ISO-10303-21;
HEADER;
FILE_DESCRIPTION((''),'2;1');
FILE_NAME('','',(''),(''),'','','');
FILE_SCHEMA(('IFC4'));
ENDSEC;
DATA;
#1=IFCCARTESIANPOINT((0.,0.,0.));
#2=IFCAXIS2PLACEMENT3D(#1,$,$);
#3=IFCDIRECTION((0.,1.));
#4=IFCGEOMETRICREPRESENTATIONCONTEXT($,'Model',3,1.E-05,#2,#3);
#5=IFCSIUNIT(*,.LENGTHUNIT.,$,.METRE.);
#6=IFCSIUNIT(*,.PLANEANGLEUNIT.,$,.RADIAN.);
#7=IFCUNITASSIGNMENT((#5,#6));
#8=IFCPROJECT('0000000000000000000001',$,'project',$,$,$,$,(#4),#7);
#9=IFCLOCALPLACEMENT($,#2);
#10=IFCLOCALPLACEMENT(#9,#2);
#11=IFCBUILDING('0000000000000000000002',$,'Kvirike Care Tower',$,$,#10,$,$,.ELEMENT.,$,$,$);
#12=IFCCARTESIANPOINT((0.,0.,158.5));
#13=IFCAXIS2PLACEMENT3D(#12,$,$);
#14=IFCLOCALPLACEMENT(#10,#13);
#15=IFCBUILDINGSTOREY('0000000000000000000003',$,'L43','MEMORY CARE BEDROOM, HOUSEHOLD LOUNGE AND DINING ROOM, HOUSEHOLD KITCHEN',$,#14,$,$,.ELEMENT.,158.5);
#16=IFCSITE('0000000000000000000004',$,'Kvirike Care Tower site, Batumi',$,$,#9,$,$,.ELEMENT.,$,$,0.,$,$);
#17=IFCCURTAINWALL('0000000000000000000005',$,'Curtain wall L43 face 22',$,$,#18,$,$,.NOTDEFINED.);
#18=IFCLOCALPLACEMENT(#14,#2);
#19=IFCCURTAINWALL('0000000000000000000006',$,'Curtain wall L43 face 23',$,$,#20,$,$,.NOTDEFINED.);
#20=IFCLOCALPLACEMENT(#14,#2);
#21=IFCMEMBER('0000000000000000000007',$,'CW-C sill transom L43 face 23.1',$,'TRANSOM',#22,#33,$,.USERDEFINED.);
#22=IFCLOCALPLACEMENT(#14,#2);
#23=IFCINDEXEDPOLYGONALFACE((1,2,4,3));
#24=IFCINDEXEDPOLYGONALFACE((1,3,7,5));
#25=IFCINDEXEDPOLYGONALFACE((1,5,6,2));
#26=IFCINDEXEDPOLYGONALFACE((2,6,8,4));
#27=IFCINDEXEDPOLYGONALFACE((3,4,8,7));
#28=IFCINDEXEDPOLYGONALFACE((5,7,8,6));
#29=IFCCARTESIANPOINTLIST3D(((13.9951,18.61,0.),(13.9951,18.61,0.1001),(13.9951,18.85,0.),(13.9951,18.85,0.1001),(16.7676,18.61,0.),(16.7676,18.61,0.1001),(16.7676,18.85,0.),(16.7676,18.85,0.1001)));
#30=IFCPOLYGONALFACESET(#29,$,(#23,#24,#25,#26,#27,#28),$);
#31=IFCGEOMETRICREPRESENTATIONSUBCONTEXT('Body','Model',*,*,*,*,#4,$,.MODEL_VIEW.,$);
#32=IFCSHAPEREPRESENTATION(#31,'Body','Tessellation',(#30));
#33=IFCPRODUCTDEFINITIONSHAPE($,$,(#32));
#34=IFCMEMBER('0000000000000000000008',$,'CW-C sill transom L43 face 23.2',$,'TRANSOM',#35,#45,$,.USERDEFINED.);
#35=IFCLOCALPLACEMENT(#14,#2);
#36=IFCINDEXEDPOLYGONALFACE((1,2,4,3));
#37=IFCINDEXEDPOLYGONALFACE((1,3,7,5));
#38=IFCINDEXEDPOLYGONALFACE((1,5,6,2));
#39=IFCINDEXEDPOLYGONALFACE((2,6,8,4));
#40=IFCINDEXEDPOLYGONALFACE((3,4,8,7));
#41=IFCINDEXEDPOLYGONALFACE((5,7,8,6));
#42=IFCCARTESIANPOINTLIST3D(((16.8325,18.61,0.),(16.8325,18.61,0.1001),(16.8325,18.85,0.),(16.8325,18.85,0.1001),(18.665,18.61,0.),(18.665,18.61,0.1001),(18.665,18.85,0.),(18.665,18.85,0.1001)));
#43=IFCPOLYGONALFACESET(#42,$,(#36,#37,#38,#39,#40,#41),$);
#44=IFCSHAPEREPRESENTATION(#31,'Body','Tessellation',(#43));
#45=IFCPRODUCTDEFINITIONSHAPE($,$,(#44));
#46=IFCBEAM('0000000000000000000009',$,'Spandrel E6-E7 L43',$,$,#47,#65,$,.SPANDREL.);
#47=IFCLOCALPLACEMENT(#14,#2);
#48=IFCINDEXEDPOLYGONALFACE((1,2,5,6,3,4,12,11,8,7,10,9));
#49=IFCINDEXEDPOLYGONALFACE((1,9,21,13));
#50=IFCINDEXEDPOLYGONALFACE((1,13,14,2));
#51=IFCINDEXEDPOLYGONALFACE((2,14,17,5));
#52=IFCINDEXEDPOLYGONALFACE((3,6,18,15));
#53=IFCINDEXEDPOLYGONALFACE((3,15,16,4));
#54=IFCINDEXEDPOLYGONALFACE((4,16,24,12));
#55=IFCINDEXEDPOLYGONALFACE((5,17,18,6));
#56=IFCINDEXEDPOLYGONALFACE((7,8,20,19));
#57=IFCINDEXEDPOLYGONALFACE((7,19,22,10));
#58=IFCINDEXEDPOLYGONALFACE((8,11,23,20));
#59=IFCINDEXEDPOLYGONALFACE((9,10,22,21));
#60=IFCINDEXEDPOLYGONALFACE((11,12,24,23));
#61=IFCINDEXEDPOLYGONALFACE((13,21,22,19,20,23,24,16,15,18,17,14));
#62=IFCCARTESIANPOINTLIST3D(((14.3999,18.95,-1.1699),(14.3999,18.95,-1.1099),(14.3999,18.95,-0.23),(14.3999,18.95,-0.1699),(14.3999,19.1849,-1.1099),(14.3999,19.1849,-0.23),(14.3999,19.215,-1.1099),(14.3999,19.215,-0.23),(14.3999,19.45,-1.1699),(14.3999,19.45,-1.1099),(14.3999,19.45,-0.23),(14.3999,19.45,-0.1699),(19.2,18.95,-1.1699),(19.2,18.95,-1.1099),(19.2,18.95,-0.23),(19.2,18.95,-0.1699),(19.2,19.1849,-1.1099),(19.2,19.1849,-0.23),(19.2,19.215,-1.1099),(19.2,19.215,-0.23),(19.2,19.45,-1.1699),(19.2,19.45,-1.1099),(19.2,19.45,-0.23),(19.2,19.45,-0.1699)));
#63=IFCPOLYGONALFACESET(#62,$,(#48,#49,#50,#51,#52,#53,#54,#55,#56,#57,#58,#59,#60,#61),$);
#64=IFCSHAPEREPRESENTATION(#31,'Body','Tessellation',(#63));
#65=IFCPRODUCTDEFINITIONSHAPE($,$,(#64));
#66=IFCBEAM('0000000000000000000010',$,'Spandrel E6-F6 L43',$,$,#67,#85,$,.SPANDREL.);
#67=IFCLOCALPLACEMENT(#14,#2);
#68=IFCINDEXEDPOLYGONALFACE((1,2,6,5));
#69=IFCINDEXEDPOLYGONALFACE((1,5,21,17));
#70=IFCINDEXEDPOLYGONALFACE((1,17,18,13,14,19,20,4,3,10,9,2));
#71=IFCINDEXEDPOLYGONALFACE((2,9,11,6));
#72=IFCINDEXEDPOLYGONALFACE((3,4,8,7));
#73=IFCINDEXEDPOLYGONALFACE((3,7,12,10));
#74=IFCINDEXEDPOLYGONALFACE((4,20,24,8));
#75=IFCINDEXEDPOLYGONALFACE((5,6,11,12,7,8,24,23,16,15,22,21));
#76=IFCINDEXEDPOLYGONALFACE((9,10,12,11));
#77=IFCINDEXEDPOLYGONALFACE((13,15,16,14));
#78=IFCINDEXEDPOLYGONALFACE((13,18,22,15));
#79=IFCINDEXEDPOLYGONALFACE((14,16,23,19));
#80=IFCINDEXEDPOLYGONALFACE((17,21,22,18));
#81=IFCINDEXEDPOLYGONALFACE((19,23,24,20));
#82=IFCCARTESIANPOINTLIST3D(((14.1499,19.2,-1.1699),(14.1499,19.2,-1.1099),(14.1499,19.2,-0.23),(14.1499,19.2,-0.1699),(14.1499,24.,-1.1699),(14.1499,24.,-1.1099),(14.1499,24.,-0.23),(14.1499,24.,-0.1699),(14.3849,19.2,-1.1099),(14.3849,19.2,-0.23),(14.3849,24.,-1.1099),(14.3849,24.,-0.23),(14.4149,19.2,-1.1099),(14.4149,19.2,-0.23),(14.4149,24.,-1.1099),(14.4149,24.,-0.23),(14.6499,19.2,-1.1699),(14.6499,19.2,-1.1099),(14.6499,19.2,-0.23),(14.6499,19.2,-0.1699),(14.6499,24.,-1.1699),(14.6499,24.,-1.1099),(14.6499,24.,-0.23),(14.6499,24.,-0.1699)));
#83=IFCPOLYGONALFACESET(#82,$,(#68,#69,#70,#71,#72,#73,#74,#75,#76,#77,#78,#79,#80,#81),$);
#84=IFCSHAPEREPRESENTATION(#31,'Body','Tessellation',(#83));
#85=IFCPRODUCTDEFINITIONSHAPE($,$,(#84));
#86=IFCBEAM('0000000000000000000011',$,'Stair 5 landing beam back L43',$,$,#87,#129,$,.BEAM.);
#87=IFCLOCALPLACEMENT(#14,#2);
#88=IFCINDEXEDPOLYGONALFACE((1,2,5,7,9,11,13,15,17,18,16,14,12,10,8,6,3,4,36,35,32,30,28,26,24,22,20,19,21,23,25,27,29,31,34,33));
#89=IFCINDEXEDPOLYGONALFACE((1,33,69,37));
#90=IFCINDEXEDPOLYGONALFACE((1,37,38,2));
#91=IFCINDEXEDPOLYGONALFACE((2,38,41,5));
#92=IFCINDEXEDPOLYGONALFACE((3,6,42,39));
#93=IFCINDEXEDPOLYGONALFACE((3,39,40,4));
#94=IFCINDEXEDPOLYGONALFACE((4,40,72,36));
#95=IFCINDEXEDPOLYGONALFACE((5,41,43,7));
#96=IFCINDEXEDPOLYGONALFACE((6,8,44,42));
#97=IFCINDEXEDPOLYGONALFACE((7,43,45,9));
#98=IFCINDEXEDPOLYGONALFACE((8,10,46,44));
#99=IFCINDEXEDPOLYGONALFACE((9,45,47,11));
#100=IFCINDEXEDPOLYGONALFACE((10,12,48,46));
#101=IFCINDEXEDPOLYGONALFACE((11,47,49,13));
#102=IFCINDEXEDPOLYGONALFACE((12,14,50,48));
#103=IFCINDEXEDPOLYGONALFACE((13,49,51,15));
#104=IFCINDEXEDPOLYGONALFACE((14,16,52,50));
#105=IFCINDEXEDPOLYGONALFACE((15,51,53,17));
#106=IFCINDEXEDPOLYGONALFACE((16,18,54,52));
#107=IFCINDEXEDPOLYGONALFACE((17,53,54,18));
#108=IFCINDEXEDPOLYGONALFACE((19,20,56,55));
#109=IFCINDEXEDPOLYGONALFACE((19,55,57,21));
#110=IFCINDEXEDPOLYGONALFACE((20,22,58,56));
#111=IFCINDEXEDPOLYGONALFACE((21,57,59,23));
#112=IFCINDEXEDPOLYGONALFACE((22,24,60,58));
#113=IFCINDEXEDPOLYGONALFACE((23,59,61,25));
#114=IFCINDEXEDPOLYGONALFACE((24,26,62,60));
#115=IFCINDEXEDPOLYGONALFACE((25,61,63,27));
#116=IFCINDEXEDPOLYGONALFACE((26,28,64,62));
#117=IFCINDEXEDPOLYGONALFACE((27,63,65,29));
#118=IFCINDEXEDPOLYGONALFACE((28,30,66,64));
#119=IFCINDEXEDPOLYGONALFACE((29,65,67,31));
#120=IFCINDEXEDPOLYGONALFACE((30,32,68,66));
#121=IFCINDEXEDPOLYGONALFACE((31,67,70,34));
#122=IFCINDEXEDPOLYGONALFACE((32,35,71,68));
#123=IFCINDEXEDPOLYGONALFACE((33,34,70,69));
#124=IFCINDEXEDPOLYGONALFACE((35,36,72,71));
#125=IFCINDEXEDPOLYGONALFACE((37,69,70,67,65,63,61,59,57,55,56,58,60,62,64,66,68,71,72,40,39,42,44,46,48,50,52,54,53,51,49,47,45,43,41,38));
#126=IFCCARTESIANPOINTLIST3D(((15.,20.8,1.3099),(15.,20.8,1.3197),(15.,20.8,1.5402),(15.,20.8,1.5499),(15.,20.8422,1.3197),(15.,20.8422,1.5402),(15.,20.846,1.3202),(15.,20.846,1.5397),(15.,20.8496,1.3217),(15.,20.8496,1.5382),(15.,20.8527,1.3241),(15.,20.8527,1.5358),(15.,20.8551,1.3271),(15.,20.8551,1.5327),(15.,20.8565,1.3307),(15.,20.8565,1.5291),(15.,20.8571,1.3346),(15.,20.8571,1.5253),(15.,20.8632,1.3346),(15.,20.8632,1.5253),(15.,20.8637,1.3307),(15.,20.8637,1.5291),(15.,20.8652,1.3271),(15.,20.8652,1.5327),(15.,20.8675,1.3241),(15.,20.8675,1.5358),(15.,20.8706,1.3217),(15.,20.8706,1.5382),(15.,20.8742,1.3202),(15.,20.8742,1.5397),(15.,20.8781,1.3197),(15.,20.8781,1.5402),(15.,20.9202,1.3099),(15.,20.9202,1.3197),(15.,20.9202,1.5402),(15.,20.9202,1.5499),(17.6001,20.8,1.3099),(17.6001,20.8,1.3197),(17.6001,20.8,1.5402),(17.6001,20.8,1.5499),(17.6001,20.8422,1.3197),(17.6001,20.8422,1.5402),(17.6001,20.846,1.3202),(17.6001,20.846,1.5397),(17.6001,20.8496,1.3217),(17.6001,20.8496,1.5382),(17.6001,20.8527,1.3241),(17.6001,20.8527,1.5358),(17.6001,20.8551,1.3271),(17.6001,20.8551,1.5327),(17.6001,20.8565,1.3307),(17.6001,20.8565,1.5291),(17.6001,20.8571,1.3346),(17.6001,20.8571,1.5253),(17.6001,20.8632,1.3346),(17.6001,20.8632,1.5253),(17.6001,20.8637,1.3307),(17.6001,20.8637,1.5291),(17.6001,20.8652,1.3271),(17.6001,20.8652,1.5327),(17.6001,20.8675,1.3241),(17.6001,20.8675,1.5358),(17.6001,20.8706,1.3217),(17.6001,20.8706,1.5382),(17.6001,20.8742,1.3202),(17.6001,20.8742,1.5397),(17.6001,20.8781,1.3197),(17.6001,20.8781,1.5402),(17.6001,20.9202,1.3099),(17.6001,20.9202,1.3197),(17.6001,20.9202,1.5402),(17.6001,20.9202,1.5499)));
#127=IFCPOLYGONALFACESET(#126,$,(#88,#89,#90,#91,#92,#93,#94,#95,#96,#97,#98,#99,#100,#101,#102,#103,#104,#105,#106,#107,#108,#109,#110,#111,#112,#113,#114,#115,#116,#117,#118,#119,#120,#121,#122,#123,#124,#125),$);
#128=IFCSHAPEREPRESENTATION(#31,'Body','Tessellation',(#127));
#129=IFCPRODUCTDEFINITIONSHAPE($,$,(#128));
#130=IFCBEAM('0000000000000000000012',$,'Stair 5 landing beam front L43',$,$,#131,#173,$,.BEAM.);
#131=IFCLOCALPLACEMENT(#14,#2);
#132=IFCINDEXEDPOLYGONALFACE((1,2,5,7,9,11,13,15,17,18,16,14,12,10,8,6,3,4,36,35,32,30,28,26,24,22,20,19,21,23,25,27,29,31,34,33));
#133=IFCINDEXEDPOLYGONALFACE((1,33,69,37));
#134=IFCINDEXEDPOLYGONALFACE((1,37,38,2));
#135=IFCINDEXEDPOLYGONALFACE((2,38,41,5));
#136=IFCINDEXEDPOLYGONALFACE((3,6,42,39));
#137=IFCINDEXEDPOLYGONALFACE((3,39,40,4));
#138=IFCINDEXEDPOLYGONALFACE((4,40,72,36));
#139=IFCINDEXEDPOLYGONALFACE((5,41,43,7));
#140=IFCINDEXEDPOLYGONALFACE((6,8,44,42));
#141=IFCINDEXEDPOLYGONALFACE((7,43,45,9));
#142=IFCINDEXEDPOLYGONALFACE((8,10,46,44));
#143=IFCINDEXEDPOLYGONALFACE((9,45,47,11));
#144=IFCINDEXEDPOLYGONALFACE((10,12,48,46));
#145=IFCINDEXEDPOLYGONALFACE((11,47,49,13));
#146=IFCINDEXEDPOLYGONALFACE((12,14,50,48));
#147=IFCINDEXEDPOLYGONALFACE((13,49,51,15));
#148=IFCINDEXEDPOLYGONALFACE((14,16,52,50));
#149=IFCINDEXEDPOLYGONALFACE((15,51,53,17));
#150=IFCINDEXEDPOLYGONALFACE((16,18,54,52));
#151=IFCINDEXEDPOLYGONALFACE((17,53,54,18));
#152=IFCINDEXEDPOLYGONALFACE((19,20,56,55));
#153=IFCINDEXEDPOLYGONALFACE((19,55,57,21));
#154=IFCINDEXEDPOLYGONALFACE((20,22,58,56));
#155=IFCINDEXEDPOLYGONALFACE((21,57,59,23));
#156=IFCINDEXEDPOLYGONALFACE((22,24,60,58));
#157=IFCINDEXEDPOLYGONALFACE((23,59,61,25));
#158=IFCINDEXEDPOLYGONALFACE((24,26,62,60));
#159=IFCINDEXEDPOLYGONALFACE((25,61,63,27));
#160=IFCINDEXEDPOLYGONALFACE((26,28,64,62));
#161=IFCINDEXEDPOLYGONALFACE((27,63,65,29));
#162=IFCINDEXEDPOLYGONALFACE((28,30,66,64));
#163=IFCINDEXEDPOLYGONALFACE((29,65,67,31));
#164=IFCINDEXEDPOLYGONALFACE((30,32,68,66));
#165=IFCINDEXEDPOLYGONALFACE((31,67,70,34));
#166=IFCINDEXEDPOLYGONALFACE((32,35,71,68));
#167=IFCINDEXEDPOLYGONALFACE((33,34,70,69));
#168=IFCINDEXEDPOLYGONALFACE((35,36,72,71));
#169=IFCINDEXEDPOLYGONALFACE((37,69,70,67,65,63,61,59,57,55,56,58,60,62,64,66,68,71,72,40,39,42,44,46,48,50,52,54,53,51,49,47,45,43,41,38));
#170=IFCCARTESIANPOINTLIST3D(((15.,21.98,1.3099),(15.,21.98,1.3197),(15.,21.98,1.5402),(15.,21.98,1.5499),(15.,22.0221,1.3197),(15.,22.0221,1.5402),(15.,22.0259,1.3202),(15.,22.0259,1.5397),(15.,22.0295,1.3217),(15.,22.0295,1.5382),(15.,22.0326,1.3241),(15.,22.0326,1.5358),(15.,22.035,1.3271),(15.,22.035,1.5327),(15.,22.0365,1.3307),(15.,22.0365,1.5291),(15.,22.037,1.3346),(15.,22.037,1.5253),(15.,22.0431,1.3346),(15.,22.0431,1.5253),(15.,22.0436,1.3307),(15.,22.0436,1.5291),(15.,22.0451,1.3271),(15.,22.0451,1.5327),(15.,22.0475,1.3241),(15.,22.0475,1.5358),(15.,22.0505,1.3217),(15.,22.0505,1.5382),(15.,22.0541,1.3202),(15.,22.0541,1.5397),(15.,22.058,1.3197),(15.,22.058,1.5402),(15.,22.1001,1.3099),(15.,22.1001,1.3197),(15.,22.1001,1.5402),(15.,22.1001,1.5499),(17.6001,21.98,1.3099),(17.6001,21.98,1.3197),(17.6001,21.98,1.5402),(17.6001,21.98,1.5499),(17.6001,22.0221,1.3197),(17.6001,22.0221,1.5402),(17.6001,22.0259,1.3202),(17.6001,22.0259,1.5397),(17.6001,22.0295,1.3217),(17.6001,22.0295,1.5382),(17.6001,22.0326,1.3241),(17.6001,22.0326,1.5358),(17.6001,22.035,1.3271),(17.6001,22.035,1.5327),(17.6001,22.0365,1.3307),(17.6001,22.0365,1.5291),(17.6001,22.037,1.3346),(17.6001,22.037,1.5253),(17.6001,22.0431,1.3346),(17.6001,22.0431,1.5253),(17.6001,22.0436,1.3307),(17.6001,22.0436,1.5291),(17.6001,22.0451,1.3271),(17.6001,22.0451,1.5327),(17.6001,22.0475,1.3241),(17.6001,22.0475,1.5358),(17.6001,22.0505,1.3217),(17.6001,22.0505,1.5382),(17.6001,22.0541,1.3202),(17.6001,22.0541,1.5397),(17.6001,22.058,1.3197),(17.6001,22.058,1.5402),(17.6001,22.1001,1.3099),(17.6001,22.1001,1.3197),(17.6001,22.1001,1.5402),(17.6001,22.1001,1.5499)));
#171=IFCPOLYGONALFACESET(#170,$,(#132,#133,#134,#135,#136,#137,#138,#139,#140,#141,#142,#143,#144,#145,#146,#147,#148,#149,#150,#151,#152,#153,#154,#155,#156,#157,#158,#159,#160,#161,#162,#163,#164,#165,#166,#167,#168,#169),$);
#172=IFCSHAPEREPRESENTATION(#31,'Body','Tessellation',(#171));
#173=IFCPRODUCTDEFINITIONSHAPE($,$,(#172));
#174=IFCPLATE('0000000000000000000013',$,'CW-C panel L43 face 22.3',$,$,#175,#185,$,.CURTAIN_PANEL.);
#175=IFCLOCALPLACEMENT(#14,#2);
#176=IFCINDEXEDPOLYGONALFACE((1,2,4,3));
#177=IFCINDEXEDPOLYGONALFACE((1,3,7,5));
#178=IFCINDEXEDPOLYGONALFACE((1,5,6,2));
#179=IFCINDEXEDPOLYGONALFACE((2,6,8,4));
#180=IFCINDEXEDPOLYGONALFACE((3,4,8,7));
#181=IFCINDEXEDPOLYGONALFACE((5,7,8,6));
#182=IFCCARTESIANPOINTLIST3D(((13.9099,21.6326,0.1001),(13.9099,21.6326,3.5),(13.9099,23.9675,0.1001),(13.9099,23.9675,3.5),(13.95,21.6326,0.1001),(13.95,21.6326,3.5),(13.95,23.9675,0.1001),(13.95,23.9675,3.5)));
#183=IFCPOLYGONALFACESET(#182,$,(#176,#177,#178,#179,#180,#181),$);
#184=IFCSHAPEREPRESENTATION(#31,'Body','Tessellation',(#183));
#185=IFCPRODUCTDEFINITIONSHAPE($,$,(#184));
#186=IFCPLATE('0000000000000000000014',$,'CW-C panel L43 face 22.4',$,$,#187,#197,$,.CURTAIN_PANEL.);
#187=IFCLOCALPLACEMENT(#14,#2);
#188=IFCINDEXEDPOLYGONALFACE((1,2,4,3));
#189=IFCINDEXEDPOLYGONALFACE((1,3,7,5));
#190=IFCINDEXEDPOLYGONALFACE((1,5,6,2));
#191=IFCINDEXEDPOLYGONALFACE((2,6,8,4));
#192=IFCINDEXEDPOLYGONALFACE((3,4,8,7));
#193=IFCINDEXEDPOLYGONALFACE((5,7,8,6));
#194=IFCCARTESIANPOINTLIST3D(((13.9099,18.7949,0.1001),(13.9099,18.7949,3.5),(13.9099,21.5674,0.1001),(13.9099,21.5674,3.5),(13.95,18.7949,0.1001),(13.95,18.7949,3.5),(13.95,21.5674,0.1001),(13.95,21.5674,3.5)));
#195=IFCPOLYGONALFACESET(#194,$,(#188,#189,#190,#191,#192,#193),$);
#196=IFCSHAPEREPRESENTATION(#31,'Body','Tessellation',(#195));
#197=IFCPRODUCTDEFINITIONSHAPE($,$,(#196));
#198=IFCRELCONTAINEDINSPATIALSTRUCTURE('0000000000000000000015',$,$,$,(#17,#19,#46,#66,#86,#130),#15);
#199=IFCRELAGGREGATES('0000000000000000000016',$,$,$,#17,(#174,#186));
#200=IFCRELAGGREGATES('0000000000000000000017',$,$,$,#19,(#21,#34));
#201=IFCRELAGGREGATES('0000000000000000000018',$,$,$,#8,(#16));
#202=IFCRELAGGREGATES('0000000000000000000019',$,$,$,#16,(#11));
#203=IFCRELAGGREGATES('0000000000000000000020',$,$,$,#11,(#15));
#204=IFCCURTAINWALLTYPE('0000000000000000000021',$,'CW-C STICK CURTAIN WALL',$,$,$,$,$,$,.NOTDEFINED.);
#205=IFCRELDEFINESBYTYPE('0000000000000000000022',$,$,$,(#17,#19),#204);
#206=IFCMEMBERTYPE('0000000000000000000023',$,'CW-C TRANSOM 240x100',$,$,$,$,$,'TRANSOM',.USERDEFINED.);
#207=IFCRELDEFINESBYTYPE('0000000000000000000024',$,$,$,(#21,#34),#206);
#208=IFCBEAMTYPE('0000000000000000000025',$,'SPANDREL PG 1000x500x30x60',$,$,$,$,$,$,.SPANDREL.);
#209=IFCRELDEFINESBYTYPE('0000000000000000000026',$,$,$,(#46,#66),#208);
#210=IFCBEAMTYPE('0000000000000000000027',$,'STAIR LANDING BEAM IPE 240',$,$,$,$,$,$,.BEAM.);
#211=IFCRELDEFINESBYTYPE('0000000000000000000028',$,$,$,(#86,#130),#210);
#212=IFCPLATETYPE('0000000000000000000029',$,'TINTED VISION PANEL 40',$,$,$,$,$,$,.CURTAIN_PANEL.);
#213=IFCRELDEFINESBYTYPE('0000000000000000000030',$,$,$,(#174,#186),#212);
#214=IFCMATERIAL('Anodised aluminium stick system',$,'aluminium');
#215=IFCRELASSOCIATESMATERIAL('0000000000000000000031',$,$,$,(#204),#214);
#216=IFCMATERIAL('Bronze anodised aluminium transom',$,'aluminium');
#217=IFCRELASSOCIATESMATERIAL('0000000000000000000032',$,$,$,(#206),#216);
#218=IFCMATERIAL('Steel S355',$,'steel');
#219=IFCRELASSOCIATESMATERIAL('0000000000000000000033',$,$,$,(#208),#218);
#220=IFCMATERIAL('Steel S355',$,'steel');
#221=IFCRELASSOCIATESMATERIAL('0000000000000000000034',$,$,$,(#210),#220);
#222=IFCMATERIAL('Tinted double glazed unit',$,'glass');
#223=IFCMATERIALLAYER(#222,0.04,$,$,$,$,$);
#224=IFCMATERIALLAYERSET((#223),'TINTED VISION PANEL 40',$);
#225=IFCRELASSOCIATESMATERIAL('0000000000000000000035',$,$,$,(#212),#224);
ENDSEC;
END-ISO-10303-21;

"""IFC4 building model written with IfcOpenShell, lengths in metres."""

from ifc_helpers import new_model, si_unit, direction, frame, origin, origin_2d, place, context, subcontext, project, spatial, rectangle, i_section, extrude, material, layer, layer_set, material_profile, profile_set, type_object, element, aggregate, save


model = new_model("IFC4")

# Units and contexts
model_context = context("Model", 3, precision=1e-05, world=origin(), true_north=direction((0.0, 1.0)))
body_context = subcontext(model_context, "Body", "Model", "MODEL_VIEW")
ifc_project = project(units=[si_unit("LENGTHUNIT", "METRE"), si_unit("PLANEANGLEUNIT", "RADIAN")], contexts=[model_context])

# Site, building, storey
site_placement = place(None, origin())
site = spatial("IfcSite", under=ifc_project, at=site_placement, Name="Kvirike Care Tower site, Batumi", CompositionType="ELEMENT", RefElevation=0.0)
building_placement = place(site_placement, origin())
building = spatial("IfcBuilding", under=site, at=building_placement, Name="Kvirike Care Tower", CompositionType="ELEMENT")
storey_placement = place(building_placement, frame((0.0, 0.0, 158.5)))
storey = spatial("IfcBuildingStorey", under=building, at=storey_placement, Name="L43", Description="MEMORY CARE BEDROOM, HOUSEHOLD LOUNGE AND DINING ROOM, HOUSEHOLD KITCHEN", CompositionType="ELEMENT", Elevation=158.5)

# Curtain walls
ifc_material_1 = material(Name="Anodised aluminium stick system", Category="aluminium")
curtain_wall_type = type_object("IfcCurtainWallType", Name="CW-C STICK CURTAIN WALL", PredefinedType="NOTDEFINED", material=ifc_material_1)
curtain_wall_1_placement = place(storey_placement, origin())
curtain_wall_1 = element("IfcCurtainWall", 1, at=curtain_wall_1_placement, inside=storey, type_object=curtain_wall_type, Name="Curtain wall L43 face 22", PredefinedType="NOTDEFINED")
curtain_wall_2_placement = place(storey_placement, origin())
curtain_wall_2 = element("IfcCurtainWall", 2, at=curtain_wall_2_placement, inside=storey, type_object=curtain_wall_type, Name="Curtain wall L43 face 23", PredefinedType="NOTDEFINED")

# Members
ifc_material_2 = material(Name="Bronze anodised aluminium transom", Category="aluminium")
ifc_material_profile_1 = material_profile(ifc_material_2, rectangle(XDim=0.24, YDim=0.1001, at=origin_2d()), Name="CW-C TRANSOM 240x100")
ifc_profile_set_1 = profile_set([ifc_material_profile_1], Name="Bronze anodised aluminium transom")
member_type_1 = type_object("IfcMemberType", Name="CW-C TRANSOM 240x100", ElementType="TRANSOM", PredefinedType="USERDEFINED", material=ifc_profile_set_1)
member_1_placement = place(storey_placement, frame((13.9951, 18.73, 0.05), z_axis=(1.0, 0.0, 0.0), x_axis=(0.0, 1.0, 0.0)))
member_1 = element("IfcMember", 3, at=member_1_placement, type_object=member_type_1, Name="CW-C sill transom L43 face 23.1", ObjectType="TRANSOM", PredefinedType="USERDEFINED", context=body_context, shape_type="SweptSolid", body=[
    extrude(rectangle(XDim=0.24, YDim=0.1001, at=origin_2d()), origin(), (0.0, 0.0, 1.0), 2.7725),
])
member_2_placement = place(storey_placement, frame((16.8325, 18.73, 0.05), z_axis=(1.0, 0.0, 0.0), x_axis=(0.0, 1.0, 0.0)))
member_2 = element("IfcMember", 4, at=member_2_placement, type_object=member_type_1, Name="CW-C sill transom L43 face 23.2", ObjectType="TRANSOM", PredefinedType="USERDEFINED", context=body_context, shape_type="SweptSolid", body=[
    extrude(rectangle(XDim=0.24, YDim=0.1001, at=origin_2d()), origin(), (0.0, 0.0, 1.0), 1.8325),
])

# Beams
ifc_material_3 = material(Name="Steel S355", Category="steel")
ifc_material_profile_2 = material_profile(ifc_material_3, i_section(OverallWidth=0.5, OverallDepth=1.0, WebThickness=0.03, FlangeThickness=0.0601, at=origin_2d()), Name="PG 1000x500x30x60")
ifc_profile_set_2 = profile_set([ifc_material_profile_2], Name="Steel S355")
beam_type_1 = type_object("IfcBeamType", Name="SPANDREL PG 1000x500x30x60", PredefinedType="SPANDREL", material=ifc_profile_set_2)
for number, where, z_axis, x_axis, name in (
    (5, (14.3999, 19.2, -0.6699), (1.0, 0.0, 0.0), (0.0, 1.0, 0.0), "Spandrel E6-E7 L43"),
    (6, (14.3999, 19.2, -0.6699), (0.0, 1.0, 0.0), (-1.0, 0.0, 0.0), "Spandrel E6-F6 L43"),
):
    element("IfcBeam", number, at=place(storey_placement, frame(where, z_axis=z_axis, x_axis=x_axis)), inside=storey, type_object=beam_type_1, Name=name, PredefinedType="SPANDREL", context=body_context, shape_type="SweptSolid", body=[
        extrude(i_section(OverallWidth=0.5, OverallDepth=1.0, WebThickness=0.03, FlangeThickness=0.0601, at=origin_2d()), origin(), (0.0, 0.0, 1.0), 4.8),
    ])
ifc_material_4 = material(Name="Steel S355", Category="steel")
ifc_material_profile_3 = material_profile(ifc_material_4, i_section(OverallWidth=0.1201, OverallDepth=0.24, WebThickness=0.0061, FlangeThickness=0.0098, FilletRadius=0.0149, at=origin_2d()), Name="IPE 240")
ifc_profile_set_3 = profile_set([ifc_material_profile_3], Name="Steel S355")
beam_type_2 = type_object("IfcBeamType", Name="STAIR LANDING BEAM IPE 240", PredefinedType="BEAM", material=ifc_profile_set_3)
for number, where, z_axis, x_axis, name in (
    (7, (15.0, 20.8601, 1.4299), (1.0, 0.0, 0.0), (0.0, 1.0, 0.0), "Stair 5 landing beam back L43"),
    (8, (15.0, 22.04, 1.4299), (1.0, 0.0, 0.0), (0.0, 1.0, 0.0), "Stair 5 landing beam front L43"),
):
    element("IfcBeam", number, at=place(storey_placement, frame(where, z_axis=z_axis, x_axis=x_axis)), inside=storey, type_object=beam_type_2, Name=name, PredefinedType="BEAM", context=body_context, shape_type="SweptSolid", body=[
        extrude(i_section(OverallWidth=0.1201, OverallDepth=0.24, WebThickness=0.0061, FlangeThickness=0.0098, FilletRadius=0.0149, at=origin_2d()), origin(), (0.0, 0.0, 1.0), 2.6001),
    ])

# Plates
ifc_material_5 = material(Name="Tinted double glazed unit", Category="glass")
ifc_layer_1 = layer(ifc_material_5, 0.04)
ifc_layer_set_1 = layer_set([ifc_layer_1], Name="TINTED VISION PANEL 40")
plate_type = type_object("IfcPlateType", Name="TINTED VISION PANEL 40", PredefinedType="CURTAIN_PANEL", material=ifc_layer_set_1)
plate_1_placement = place(storey_placement, frame((13.9299, 22.8, 0.1001), z_axis=(0.0, 0.0, 1.0), x_axis=(0.0, -1.0, 0.0)))
plate_1 = element("IfcPlate", 9, at=plate_1_placement, type_object=plate_type, Name="CW-C panel L43 face 22.3", PredefinedType="CURTAIN_PANEL", context=body_context, shape_type="SweptSolid", body=[
    extrude(rectangle(XDim=2.335, YDim=0.04, at=origin_2d()), origin(), (0.0, 0.0, 1.0), 3.3999),
])
plate_2_placement = place(storey_placement, frame((13.9299, 20.1812, 0.1001), z_axis=(0.0, 0.0, 1.0), x_axis=(0.0, -1.0, 0.0)))
plate_2 = element("IfcPlate", 10, at=plate_2_placement, type_object=plate_type, Name="CW-C panel L43 face 22.4", PredefinedType="CURTAIN_PANEL", context=body_context, shape_type="SweptSolid", body=[
    extrude(rectangle(XDim=2.7725, YDim=0.04, at=origin_2d()), origin(), (0.0, 0.0, 1.0), 3.3999),
])
aggregate(curtain_wall_1, [plate_1, plate_2])
aggregate(curtain_wall_2, [member_1, member_2])

save(model, "model.ifc")
